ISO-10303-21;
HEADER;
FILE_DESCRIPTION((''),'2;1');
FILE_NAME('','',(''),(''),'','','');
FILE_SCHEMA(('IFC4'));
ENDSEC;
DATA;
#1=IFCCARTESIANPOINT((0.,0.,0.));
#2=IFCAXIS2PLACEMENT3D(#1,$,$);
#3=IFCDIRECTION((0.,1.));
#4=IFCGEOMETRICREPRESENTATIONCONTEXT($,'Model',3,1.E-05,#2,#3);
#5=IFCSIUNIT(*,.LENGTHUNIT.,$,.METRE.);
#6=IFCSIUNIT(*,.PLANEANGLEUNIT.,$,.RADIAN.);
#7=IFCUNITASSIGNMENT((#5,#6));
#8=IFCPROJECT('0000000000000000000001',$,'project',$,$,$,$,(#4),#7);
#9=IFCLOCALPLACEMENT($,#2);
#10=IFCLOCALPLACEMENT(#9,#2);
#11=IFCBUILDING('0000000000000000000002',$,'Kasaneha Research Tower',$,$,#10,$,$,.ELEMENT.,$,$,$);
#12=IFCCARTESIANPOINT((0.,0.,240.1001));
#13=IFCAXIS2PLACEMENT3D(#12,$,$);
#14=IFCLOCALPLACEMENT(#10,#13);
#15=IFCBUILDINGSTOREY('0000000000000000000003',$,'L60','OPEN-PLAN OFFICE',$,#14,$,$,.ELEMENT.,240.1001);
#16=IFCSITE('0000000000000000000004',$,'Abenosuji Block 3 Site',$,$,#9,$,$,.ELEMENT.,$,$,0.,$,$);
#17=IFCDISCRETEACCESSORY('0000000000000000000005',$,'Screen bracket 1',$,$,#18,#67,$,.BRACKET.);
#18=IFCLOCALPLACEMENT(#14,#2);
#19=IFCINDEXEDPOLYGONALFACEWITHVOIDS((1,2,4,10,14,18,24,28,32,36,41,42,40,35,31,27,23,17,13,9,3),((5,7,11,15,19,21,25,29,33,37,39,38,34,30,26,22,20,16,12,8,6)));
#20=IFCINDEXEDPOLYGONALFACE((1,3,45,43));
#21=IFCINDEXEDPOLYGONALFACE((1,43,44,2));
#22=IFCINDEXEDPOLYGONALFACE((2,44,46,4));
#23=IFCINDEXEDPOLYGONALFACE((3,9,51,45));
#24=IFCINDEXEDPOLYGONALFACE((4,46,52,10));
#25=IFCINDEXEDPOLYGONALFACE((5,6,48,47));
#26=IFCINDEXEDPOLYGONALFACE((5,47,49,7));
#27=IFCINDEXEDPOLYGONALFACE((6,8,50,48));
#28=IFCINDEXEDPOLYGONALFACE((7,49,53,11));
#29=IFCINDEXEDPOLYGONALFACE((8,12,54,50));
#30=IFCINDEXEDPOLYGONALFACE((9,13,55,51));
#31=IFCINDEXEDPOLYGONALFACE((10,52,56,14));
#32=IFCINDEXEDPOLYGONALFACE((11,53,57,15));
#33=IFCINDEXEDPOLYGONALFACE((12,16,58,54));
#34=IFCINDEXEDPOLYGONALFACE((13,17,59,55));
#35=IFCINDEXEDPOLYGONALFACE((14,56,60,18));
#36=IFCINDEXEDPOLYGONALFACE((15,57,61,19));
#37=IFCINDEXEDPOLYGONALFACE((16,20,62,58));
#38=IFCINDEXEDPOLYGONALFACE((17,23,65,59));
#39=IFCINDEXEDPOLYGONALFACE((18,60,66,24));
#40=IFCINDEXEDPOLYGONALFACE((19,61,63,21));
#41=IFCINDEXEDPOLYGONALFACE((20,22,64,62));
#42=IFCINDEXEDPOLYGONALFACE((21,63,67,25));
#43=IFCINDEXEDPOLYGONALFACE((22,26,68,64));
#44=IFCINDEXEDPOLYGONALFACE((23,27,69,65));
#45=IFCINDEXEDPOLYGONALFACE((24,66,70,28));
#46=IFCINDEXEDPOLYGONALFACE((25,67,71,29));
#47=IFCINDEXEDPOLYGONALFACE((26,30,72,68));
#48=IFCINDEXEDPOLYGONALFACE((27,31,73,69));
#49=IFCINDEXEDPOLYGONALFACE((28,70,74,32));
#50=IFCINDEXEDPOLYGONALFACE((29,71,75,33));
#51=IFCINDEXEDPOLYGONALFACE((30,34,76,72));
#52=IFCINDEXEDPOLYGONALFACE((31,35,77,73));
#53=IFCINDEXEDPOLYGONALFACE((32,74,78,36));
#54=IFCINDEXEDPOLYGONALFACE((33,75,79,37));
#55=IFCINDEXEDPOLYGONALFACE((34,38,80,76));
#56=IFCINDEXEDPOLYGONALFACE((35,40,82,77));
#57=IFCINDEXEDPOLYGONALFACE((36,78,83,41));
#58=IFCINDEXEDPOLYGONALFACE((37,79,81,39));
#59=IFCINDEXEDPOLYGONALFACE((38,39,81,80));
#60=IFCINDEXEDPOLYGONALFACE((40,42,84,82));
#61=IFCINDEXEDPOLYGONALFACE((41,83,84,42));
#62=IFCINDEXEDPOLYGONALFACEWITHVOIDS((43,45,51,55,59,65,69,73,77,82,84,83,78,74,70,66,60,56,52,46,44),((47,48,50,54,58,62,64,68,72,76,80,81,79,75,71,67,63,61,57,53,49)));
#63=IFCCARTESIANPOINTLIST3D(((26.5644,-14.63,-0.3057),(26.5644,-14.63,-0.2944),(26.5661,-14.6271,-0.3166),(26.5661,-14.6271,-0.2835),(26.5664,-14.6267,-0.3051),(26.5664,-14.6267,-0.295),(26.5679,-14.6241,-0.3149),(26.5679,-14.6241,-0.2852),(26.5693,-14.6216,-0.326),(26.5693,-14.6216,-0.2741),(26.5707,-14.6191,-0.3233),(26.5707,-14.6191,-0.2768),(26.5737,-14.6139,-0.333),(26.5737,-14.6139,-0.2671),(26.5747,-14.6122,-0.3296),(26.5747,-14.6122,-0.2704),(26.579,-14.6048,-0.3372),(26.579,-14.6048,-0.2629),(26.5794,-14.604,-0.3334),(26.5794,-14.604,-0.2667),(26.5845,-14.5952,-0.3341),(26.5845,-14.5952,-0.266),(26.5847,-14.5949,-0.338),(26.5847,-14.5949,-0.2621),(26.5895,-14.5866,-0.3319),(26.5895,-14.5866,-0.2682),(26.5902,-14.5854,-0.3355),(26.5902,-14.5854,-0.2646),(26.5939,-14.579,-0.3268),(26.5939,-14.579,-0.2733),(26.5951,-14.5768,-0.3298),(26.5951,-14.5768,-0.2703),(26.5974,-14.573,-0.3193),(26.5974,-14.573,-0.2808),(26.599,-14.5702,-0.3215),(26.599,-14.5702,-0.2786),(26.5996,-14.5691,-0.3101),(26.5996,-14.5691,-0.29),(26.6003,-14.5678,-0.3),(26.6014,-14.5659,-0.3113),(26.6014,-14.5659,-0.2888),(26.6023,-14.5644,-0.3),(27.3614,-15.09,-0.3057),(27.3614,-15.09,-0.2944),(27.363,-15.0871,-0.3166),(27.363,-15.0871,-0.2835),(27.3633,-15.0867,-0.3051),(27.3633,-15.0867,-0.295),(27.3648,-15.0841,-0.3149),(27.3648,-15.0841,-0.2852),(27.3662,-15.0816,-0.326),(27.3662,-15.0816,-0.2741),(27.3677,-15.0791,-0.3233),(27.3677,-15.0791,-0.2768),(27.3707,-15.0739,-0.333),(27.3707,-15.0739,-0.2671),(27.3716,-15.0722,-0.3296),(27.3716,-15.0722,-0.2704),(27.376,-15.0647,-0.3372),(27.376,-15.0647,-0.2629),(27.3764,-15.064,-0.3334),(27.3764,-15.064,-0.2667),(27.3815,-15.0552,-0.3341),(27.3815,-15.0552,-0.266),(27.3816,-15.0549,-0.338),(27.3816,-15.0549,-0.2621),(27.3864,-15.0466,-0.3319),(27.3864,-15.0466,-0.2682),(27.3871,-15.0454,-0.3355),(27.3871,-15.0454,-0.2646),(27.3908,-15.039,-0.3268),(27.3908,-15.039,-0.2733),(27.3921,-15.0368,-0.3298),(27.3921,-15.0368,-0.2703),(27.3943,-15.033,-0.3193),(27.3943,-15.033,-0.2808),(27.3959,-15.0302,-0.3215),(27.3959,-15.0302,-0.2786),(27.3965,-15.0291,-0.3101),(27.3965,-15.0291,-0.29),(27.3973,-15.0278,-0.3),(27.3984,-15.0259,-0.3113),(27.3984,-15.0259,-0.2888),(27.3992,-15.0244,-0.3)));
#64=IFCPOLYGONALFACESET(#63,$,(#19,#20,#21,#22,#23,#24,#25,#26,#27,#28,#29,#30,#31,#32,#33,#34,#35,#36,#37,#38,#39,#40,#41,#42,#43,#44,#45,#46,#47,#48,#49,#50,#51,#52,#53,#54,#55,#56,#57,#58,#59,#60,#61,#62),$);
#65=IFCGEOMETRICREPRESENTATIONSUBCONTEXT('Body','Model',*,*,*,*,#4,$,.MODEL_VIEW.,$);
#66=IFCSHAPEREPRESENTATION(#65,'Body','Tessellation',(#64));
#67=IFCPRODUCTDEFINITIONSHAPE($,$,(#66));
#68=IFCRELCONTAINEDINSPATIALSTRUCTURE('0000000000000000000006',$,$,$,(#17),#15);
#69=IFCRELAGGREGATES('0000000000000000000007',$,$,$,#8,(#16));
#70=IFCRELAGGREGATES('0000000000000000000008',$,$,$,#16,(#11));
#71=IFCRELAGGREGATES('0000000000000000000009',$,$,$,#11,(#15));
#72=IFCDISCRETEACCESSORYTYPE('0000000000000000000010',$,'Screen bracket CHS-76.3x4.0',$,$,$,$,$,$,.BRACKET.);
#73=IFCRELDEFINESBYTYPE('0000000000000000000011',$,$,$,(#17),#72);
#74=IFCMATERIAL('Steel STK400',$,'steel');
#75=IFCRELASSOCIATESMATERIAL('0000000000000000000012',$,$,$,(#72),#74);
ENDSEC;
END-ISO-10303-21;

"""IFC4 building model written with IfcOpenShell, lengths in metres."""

from ifc_helpers import new_model, si_unit, direction, frame, origin, origin_2d, place, context, subcontext, project, spatial, hollow_circle, extrude, material, material_profile, profile_set, type_object, element, save


model = new_model("IFC4")

# Units and contexts
model_context = context("Model", 3, precision=1e-05, world=origin(), true_north=direction((0.0, 1.0)))
body_context = subcontext(model_context, "Body", "Model", "MODEL_VIEW")
ifc_project = project(units=[si_unit("LENGTHUNIT", "METRE"), si_unit("PLANEANGLEUNIT", "RADIAN")], contexts=[model_context])

# Site, building, storey
site_placement = place(None, origin())
site = spatial("IfcSite", under=ifc_project, at=site_placement, Name="Abenosuji Block 3 Site", CompositionType="ELEMENT", RefElevation=0.0)
building_placement = place(site_placement, origin())
building = spatial("IfcBuilding", under=site, at=building_placement, Name="Kasaneha Research Tower", CompositionType="ELEMENT")
storey_placement = place(building_placement, frame((0.0, 0.0, 240.1001)))
storey = spatial("IfcBuildingStorey", under=building, at=storey_placement, Name="L60", Description="OPEN-PLAN OFFICE", CompositionType="ELEMENT", Elevation=240.1001)

# Discrete accessory
ifc_material_1 = material(Name="Steel STK400", Category="steel")
ifc_material_profile_1 = material_profile(ifc_material_1, hollow_circle(Radius=0.0381, WallThickness=0.0039, at=origin_2d()), Name="CHS-76.3x4.0")
ifc_profile_set_1 = profile_set([ifc_material_profile_1], Name="Steel STK400")
discrete_accessory_type = type_object("IfcDiscreteAccessoryType", Name="Screen bracket CHS-76.3x4.0", PredefinedType="BRACKET", material=ifc_profile_set_1)
discrete_accessory_1_placement = place(storey_placement, frame((26.5833, -14.5974, -0.3), z_axis=(0.86608, -0.499906, 0.0), x_axis=(0.499906, 0.86608, 0.0)))
element("IfcDiscreteAccessory", 1, at=discrete_accessory_1_placement, inside=storey, type_object=discrete_accessory_type, Name="Screen bracket 1", PredefinedType="BRACKET", context=body_context, shape_type="SweptSolid", body=[
    extrude(hollow_circle(Radius=0.0381, WallThickness=0.0039, at=origin_2d()), origin(), (0.0, 0.0, 1.0), 0.9202),
])

save(model, "model.ifc")
